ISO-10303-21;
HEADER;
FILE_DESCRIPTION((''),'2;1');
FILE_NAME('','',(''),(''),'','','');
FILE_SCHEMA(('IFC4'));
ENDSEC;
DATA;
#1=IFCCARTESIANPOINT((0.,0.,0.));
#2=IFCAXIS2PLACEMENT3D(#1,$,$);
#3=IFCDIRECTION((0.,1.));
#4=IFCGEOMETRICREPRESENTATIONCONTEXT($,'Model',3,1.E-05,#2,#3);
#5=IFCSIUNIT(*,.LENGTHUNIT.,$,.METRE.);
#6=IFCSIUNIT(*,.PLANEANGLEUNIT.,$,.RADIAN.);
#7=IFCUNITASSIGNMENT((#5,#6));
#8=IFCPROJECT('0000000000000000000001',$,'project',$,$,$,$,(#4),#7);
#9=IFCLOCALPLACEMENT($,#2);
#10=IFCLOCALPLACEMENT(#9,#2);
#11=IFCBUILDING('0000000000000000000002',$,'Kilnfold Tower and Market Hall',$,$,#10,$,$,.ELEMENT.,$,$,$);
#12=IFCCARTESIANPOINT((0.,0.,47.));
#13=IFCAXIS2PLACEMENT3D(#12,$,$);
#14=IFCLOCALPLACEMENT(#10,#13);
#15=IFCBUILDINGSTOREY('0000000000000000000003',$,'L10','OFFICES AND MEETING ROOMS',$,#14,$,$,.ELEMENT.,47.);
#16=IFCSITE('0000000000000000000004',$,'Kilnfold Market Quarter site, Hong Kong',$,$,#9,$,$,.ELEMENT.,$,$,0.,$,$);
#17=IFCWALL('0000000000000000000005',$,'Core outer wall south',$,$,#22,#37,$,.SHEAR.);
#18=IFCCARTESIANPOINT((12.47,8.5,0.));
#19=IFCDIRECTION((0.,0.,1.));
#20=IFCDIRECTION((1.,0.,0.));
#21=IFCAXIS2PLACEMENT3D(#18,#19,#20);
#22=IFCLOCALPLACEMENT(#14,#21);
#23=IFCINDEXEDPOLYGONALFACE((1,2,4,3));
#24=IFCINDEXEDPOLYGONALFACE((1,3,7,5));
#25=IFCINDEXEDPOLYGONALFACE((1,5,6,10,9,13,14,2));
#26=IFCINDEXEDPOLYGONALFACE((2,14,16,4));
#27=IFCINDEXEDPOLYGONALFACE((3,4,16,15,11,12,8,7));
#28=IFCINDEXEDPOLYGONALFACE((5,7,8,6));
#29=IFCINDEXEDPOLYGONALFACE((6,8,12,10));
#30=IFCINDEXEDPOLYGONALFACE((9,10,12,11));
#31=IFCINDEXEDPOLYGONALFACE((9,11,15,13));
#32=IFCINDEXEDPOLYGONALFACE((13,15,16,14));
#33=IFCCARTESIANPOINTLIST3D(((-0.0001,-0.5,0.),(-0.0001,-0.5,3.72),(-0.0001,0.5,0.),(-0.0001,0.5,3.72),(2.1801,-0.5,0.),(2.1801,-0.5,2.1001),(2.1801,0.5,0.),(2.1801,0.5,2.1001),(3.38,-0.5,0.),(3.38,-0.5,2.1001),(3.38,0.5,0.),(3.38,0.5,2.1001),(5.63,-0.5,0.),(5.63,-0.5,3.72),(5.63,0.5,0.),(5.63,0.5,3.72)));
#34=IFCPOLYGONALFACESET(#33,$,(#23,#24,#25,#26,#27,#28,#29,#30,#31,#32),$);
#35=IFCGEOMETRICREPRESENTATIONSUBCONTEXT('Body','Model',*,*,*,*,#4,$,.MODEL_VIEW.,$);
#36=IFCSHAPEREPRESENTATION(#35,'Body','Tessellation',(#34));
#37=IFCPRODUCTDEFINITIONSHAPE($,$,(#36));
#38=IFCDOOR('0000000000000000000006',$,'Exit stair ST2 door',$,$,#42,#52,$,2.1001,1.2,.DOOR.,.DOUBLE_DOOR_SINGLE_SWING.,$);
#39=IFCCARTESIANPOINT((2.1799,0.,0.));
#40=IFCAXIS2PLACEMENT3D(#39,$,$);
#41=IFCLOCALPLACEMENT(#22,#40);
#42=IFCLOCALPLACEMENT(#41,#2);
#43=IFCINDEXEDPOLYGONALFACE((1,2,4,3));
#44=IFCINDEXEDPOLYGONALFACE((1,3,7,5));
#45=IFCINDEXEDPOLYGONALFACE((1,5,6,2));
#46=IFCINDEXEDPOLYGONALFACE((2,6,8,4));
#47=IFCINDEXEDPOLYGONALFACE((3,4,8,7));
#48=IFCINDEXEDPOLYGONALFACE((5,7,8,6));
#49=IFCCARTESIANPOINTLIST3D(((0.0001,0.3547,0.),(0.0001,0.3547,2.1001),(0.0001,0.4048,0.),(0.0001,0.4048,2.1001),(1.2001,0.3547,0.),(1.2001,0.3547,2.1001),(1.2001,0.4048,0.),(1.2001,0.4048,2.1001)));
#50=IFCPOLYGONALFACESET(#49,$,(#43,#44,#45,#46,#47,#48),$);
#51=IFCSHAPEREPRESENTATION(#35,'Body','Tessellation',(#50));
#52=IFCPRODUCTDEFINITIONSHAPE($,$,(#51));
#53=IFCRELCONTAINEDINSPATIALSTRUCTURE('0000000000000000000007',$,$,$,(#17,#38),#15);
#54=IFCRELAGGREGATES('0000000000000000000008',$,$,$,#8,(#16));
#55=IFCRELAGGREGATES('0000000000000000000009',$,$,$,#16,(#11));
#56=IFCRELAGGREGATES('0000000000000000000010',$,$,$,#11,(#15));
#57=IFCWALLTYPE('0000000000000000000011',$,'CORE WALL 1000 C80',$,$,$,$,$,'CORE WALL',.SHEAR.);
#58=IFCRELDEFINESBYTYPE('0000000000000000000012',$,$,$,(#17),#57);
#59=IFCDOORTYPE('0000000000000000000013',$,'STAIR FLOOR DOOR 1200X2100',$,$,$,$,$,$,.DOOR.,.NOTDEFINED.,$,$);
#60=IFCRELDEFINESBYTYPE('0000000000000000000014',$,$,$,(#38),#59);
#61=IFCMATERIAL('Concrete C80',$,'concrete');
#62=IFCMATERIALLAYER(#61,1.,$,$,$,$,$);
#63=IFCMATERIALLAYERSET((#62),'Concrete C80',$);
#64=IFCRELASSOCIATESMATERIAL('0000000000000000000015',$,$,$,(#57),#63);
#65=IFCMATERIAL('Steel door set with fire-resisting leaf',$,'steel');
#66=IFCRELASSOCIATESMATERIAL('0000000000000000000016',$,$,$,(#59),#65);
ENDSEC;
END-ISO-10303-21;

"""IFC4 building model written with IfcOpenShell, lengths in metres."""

from ifc_helpers import new_model, si_unit, direction, frame, frame_2d, origin, place, context, subcontext, project, spatial, rectangle, extrude, source, transform, mapped, material, layer, layer_set, type_object, element, fill, save


model = new_model("IFC4")

# Units and contexts
model_context = context("Model", 3, precision=1e-05, world=origin(), true_north=direction((0.0, 1.0)))
body_context = subcontext(model_context, "Body", "Model", "MODEL_VIEW")
ifc_project = project(units=[si_unit("LENGTHUNIT", "METRE"), si_unit("PLANEANGLEUNIT", "RADIAN")], contexts=[model_context])

# Site, building, storey
site_placement = place(None, origin())
site = spatial("IfcSite", under=ifc_project, at=site_placement, Name="Kilnfold Market Quarter site, Hong Kong", CompositionType="ELEMENT", RefElevation=0.0)
building_placement = place(site_placement, origin())
building = spatial("IfcBuilding", under=site, at=building_placement, Name="Kilnfold Tower and Market Hall", CompositionType="ELEMENT")
storey_placement = place(building_placement, frame((0.0, 0.0, 47.0)))
storey = spatial("IfcBuildingStorey", under=building, at=storey_placement, Name="L10", Description="OFFICES AND MEETING ROOMS", CompositionType="ELEMENT", Elevation=47.0)

# Wall, opening, door
ifc_material_1 = material(Name="Concrete C80", Category="concrete")
ifc_layer_1 = layer(ifc_material_1, 1.0)
ifc_layer_set_1 = layer_set([ifc_layer_1], Name="Concrete C80")
wall_type_1 = type_object("IfcWallType", Name="CORE WALL 1000 C80", ElementType="CORE WALL", PredefinedType="SHEAR", material=ifc_layer_set_1)
shared_shape_1 = source(origin(), body_context, "Body", "SweptSolid", [
    extrude(rectangle(XDim=5.6301, YDim=1.0, at=frame_2d((2.8149, 0.0))), origin(), (0.0, 0.0, 1.0), 3.72),
])
wall_1_placement = place(storey_placement, frame((12.47, 8.5, 0.0), z_axis=(0.0, 0.0, 1.0), x_axis=(1.0, 0.0, 0.0)))
wall_1 = element("IfcWall", 1, at=wall_1_placement, inside=storey, type_object=wall_type_1, Name="Core outer wall south", PredefinedType="SHEAR", context=body_context, shape_type="MappedRepresentation", body=[
    mapped(shared_shape_1, transform((0.0, 0.0, 0.0))),
])
opening_1_placement = place(wall_1_placement, frame((2.1799, 0.0, 0.0)))
opening_1 = element("IfcOpeningElement", 2, at=opening_1_placement, cuts=wall_1, PredefinedType="OPENING", context=body_context, shape_type="SweptSolid", body=[
    extrude(rectangle(XDim=1.2, YDim=2.1001, at=frame_2d((0.6001, 1.05))), frame((0.0, 0.51, 0.0), z_axis=(0.0, -1.0, 0.0), x_axis=(1.0, 0.0, 0.0)), (0.0, 0.0, 1.0), 1.02),
])
ifc_material_2 = material(Name="Steel door set with fire-resisting leaf", Category="steel")
door_type_1 = type_object("IfcDoorType", Name="STAIR FLOOR DOOR 1200X2100", OperationType="NOTDEFINED", PredefinedType="DOOR", material=ifc_material_2)
door_1_placement = place(opening_1_placement, origin())
door_1 = element("IfcDoor", 3, at=door_1_placement, inside=storey, type_object=door_type_1, Name="Exit stair ST2 door", OperationType="DOUBLE_DOOR_SINGLE_SWING", OverallHeight=2.1001, OverallWidth=1.2, PredefinedType="DOOR", context=body_context, shape_type="SweptSolid", body=[
    extrude(rectangle(XDim=1.2, YDim=2.1001, at=frame_2d((0.6001, 1.05))), frame((0.0, 0.4048, 0.0), z_axis=(0.0, -1.0, 0.0), x_axis=(1.0, 0.0, 0.0)), (0.0, 0.0, 1.0), 0.05),
])
fill(opening_1, door_1)

save(model, "model.ifc")
